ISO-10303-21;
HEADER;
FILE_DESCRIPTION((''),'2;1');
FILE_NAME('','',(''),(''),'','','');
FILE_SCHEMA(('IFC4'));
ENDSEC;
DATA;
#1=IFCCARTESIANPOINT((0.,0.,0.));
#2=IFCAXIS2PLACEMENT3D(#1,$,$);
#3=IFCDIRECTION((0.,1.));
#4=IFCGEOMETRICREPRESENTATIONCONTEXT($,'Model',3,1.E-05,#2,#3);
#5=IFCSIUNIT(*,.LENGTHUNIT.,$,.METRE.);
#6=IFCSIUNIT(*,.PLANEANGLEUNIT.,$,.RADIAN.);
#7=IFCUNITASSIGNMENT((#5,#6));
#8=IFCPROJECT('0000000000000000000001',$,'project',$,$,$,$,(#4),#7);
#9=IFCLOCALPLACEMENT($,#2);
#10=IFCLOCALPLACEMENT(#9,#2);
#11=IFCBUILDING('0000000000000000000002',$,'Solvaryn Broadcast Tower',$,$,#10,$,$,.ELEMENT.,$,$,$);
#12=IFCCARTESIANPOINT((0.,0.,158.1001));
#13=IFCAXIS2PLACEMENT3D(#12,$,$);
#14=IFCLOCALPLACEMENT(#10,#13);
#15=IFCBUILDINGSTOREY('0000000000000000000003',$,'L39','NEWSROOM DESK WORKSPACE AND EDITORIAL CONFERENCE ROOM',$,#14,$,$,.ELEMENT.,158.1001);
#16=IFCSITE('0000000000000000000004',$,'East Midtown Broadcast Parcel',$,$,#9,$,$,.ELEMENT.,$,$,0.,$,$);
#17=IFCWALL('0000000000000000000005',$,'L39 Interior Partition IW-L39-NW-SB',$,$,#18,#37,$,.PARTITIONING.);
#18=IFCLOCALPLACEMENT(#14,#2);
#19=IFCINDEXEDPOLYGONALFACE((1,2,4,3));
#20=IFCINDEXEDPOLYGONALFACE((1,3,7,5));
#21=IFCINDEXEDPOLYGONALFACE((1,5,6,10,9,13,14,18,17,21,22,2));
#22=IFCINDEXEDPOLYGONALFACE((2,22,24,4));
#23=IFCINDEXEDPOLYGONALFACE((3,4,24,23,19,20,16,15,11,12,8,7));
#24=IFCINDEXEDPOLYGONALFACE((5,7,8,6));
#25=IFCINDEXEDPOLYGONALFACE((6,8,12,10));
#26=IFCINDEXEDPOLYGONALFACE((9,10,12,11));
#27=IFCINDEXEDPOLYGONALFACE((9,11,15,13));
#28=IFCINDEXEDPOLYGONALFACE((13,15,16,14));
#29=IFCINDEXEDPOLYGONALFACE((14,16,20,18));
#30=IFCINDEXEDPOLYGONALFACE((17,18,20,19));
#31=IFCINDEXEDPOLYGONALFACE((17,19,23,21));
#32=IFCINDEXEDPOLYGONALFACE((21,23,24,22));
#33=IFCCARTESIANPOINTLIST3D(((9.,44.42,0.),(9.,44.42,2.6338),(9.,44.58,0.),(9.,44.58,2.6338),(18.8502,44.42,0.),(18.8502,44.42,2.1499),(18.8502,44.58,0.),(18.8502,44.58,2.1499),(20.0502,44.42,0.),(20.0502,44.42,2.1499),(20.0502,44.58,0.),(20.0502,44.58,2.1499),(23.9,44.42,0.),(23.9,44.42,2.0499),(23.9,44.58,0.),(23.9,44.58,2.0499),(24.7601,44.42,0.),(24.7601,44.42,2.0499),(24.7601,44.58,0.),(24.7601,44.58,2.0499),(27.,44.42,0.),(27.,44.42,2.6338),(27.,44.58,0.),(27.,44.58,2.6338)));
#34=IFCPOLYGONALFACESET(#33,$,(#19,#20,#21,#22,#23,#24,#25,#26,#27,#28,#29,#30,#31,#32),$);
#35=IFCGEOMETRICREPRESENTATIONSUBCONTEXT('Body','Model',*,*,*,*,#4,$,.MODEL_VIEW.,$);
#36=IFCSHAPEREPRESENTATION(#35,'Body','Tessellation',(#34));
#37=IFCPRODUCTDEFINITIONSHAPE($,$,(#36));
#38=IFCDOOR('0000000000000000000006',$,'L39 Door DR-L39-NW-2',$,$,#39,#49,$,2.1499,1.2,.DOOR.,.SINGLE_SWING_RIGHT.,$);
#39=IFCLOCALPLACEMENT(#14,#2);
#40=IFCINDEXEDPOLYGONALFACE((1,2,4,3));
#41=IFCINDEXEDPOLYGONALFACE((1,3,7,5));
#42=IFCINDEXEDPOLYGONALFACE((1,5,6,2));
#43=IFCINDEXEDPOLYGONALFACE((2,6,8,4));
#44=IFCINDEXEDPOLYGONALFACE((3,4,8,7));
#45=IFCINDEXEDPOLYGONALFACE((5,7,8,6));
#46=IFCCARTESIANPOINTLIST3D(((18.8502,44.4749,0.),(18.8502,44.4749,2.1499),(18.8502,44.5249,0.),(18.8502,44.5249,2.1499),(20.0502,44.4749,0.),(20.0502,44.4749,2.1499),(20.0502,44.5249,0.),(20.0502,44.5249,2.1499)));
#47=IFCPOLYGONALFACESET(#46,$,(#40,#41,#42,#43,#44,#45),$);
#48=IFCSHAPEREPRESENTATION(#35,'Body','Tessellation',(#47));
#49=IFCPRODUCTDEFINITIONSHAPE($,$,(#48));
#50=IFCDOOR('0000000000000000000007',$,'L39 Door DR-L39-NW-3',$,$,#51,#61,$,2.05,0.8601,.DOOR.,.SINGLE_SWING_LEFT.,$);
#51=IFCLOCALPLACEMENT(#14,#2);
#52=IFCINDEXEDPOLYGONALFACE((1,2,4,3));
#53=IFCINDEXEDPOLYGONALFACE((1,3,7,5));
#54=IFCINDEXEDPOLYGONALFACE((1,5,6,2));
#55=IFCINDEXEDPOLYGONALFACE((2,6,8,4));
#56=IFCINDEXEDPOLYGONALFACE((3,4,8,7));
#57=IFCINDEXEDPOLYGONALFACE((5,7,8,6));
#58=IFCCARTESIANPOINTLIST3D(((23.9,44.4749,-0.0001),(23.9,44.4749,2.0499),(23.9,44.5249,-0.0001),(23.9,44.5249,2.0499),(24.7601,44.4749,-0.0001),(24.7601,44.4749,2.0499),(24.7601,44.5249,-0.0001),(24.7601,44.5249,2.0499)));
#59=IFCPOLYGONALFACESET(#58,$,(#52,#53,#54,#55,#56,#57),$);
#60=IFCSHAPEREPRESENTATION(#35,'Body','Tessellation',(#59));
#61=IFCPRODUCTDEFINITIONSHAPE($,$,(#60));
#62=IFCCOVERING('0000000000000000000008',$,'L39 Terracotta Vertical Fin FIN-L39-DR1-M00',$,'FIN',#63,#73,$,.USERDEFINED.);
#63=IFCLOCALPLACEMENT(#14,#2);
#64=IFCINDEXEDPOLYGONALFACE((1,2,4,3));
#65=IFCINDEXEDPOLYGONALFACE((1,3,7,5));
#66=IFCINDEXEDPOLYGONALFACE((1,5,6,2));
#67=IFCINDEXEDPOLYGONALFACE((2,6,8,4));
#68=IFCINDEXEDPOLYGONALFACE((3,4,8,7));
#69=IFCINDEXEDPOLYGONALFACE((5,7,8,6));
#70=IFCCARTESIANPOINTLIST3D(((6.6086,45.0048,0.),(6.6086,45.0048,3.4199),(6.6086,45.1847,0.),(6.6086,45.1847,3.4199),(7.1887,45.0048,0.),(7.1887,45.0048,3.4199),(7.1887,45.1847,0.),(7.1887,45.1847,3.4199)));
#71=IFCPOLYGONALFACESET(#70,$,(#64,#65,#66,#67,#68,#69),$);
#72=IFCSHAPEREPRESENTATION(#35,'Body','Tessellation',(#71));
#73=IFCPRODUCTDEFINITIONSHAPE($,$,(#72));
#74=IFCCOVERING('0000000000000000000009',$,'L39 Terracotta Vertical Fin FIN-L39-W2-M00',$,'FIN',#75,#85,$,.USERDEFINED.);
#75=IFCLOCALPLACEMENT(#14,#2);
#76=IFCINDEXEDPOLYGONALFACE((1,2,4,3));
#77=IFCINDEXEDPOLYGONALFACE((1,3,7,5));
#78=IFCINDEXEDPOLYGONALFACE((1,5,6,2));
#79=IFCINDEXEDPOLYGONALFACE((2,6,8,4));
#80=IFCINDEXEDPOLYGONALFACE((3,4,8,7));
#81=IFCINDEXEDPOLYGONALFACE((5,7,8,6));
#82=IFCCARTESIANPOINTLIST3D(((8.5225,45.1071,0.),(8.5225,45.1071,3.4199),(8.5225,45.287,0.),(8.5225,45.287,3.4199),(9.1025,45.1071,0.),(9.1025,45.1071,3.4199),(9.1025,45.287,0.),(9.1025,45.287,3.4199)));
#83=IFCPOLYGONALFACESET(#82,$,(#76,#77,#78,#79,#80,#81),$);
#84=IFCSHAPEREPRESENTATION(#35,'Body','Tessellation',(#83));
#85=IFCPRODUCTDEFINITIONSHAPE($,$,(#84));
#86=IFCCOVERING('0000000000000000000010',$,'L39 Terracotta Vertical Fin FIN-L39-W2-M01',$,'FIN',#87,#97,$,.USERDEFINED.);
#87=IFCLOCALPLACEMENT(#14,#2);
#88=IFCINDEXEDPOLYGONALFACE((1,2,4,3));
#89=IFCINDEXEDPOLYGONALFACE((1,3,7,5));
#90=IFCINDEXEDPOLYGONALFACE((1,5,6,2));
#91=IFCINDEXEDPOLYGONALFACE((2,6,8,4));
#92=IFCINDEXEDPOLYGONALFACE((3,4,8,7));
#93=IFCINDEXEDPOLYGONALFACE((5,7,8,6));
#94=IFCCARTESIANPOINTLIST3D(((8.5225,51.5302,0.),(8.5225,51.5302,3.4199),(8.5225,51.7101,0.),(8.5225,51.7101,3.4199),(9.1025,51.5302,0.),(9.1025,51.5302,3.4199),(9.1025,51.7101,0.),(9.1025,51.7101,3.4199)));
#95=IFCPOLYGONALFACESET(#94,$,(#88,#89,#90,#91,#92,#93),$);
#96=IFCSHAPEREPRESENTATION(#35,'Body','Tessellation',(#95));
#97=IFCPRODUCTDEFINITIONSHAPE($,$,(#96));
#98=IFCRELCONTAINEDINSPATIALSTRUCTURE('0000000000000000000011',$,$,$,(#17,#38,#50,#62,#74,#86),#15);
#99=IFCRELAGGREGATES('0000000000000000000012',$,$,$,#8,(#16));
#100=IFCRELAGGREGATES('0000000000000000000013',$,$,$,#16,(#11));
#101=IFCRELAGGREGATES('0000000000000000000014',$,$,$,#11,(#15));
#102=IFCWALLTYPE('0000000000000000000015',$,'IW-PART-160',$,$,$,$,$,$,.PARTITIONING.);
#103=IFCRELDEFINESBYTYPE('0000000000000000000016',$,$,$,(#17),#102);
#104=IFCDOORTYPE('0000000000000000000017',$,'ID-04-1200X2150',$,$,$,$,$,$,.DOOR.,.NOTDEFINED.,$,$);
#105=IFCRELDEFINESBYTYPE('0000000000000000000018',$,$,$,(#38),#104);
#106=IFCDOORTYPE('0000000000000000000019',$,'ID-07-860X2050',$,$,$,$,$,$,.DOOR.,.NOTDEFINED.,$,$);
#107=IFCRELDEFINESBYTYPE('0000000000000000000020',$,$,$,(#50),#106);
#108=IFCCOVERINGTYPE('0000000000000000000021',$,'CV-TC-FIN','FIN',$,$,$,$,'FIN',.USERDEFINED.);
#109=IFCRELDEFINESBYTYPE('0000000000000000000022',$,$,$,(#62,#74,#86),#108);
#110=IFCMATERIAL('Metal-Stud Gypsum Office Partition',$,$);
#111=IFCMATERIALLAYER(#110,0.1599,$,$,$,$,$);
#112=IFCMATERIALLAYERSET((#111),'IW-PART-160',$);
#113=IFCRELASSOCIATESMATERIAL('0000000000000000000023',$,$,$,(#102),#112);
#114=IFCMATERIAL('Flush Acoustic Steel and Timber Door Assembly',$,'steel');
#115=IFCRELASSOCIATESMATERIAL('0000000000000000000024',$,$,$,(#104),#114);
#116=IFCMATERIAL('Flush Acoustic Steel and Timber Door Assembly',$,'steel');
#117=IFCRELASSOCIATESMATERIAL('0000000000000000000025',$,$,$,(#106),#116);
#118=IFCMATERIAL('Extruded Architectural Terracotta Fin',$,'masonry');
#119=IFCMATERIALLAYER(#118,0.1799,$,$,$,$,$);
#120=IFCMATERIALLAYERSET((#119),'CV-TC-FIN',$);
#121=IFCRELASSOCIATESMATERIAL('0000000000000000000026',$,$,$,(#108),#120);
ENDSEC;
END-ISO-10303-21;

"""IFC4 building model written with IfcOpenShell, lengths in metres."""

from ifc_helpers import new_model, si_unit, direction, frame, frame_2d, origin, origin_2d, place, context, subcontext, project, spatial, rectangle, extrude, material, layer, layer_set, type_object, element, fill, save


model = new_model("IFC4")

# Units and contexts
model_context = context("Model", 3, precision=1e-05, world=origin(), true_north=direction((0.0, 1.0)))
body_context = subcontext(model_context, "Body", "Model", "MODEL_VIEW")
ifc_project = project(units=[si_unit("LENGTHUNIT", "METRE"), si_unit("PLANEANGLEUNIT", "RADIAN")], contexts=[model_context])

# Site, building, storey
site_placement = place(None, origin())
site = spatial("IfcSite", under=ifc_project, at=site_placement, Name="East Midtown Broadcast Parcel", CompositionType="ELEMENT", RefElevation=0.0)
building_placement = place(site_placement, origin())
building = spatial("IfcBuilding", under=site, at=building_placement, Name="Solvaryn Broadcast Tower", CompositionType="ELEMENT")
storey_placement = place(building_placement, frame((0.0, 0.0, 158.1001)))
storey = spatial("IfcBuildingStorey", under=building, at=storey_placement, Name="L39", Description="NEWSROOM DESK WORKSPACE AND EDITORIAL CONFERENCE ROOM", CompositionType="ELEMENT", Elevation=158.1001)

# Shared definitions
ifc_material_1 = material(Name="Metal-Stud Gypsum Office Partition")
ifc_layer_1 = layer(ifc_material_1, 0.1599)
ifc_layer_set_1 = layer_set([ifc_layer_1], Name="IW-PART-160")
wall_type_1 = type_object("IfcWallType", Name="IW-PART-160", PredefinedType="PARTITIONING", material=ifc_layer_set_1)

# Wall, openings, doors
wall_1_placement = place(storey_placement, frame((9.0, 44.5, 0.0), z_axis=(0.0, 0.0, 1.0), x_axis=(1.0, 0.0, 0.0)))
wall_1 = element("IfcWall", 1, at=wall_1_placement, inside=storey, type_object=wall_type_1, Name="L39 Interior Partition IW-L39-NW-SB", PredefinedType="PARTITIONING", context=body_context, shape_type="SweptSolid", body=[
    extrude(rectangle(XDim=18.0, YDim=0.1599, at=frame_2d((9.0, 0.0))), origin(), (0.0, 0.0, 1.0), 2.6338),
])
opening_1_placement = place(wall_1_placement, frame((9.8501, 0.0, 0.0)))
opening_1 = element("IfcOpeningElement", 2, at=opening_1_placement, cuts=wall_1, PredefinedType="OPENING", context=body_context, shape_type="SweptSolid", body=[
    extrude(rectangle(XDim=1.2, YDim=2.1499, at=frame_2d((0.6001, 1.075))), frame((0.0, 0.0901, 0.0), z_axis=(0.0, -1.0, 0.0), x_axis=(1.0, 0.0, 0.0)), (0.0, 0.0, 1.0), 0.1799),
])
opening_2_placement = place(wall_1_placement, frame((14.8999, 0.0, 0.0)))
opening_2 = element("IfcOpeningElement", 3, at=opening_2_placement, cuts=wall_1, PredefinedType="OPENING", context=body_context, shape_type="SweptSolid", body=[
    extrude(rectangle(XDim=0.8601, YDim=2.05, at=frame_2d((0.4302, 1.0249))), frame((0.0, 0.0901, 0.0), z_axis=(0.0, -1.0, 0.0), x_axis=(1.0, 0.0, 0.0)), (0.0, 0.0, 1.0), 0.1799),
])
ifc_material_2 = material(Name="Flush Acoustic Steel and Timber Door Assembly", Category="steel")
door_type_1 = type_object("IfcDoorType", Name="ID-04-1200X2150", OperationType="NOTDEFINED", PredefinedType="DOOR", material=ifc_material_2)
door_1_placement = place(opening_1_placement, origin())
door_1 = element("IfcDoor", 4, at=door_1_placement, inside=storey, type_object=door_type_1, Name="L39 Door DR-L39-NW-2", OperationType="SINGLE_SWING_RIGHT", OverallHeight=2.1499, OverallWidth=1.2, PredefinedType="DOOR", context=body_context, shape_type="SweptSolid", body=[
    extrude(rectangle(XDim=1.2, YDim=2.1499, at=frame_2d((0.6001, 1.075))), frame((0.0, 0.0249, 0.0), z_axis=(0.0, -1.0, 0.0), x_axis=(1.0, 0.0, 0.0)), (0.0, 0.0, 1.0), 0.05),
])
fill(opening_1, door_1)
ifc_material_3 = material(Name="Flush Acoustic Steel and Timber Door Assembly", Category="steel")
door_type_2 = type_object("IfcDoorType", Name="ID-07-860X2050", OperationType="NOTDEFINED", PredefinedType="DOOR", material=ifc_material_3)
door_2_placement = place(opening_2_placement, origin())
door_2 = element("IfcDoor", 5, at=door_2_placement, inside=storey, type_object=door_type_2, Name="L39 Door DR-L39-NW-3", OperationType="SINGLE_SWING_LEFT", OverallHeight=2.05, OverallWidth=0.8601, PredefinedType="DOOR", context=body_context, shape_type="SweptSolid", body=[
    extrude(rectangle(XDim=0.8601, YDim=2.05, at=frame_2d((0.4302, 1.0249))), frame((0.0, 0.0249, 0.0), z_axis=(0.0, -1.0, 0.0), x_axis=(1.0, 0.0, 0.0)), (0.0, 0.0, 1.0), 0.05),
])
fill(opening_2, door_2)

# Coverings
ifc_material_4 = material(Name="Extruded Architectural Terracotta Fin", Category="masonry")
ifc_layer_2 = layer(ifc_material_4, 0.1799)
ifc_layer_set_2 = layer_set([ifc_layer_2], Name="CV-TC-FIN")
covering_type = type_object("IfcCoveringType", Name="CV-TC-FIN", Description="FIN", ElementType="FIN", PredefinedType="USERDEFINED", material=ifc_layer_set_2)
for number, where, z_axis, x_axis, name in (
    (6, (6.8987, 45.0947, 0.0), (0.0, 0.0, 1.0), (1.0, 0.0, 0.0), "L39 Terracotta Vertical Fin FIN-L39-DR1-M00"),
    (7, (8.8125, 45.197, 0.0), (0.0, 0.0, 1.0), (1.0, 0.0, 0.0), "L39 Terracotta Vertical Fin FIN-L39-W2-M00"),
    (8, (8.8125, 51.6201, 0.0), (0.0, 0.0, 1.0), (1.0, 0.0, 0.0), "L39 Terracotta Vertical Fin FIN-L39-W2-M01"),
):
    element("IfcCovering", number, at=place(storey_placement, frame(where, z_axis=z_axis, x_axis=x_axis)), inside=storey, type_object=covering_type, Name=name, ObjectType="FIN", PredefinedType="USERDEFINED", context=body_context, shape_type="SweptSolid", body=[
        extrude(rectangle(XDim=0.5801, YDim=0.1799, at=origin_2d()), origin(), (0.0, 0.0, 1.0), 3.4199),
    ])

save(model, "model.ifc")
